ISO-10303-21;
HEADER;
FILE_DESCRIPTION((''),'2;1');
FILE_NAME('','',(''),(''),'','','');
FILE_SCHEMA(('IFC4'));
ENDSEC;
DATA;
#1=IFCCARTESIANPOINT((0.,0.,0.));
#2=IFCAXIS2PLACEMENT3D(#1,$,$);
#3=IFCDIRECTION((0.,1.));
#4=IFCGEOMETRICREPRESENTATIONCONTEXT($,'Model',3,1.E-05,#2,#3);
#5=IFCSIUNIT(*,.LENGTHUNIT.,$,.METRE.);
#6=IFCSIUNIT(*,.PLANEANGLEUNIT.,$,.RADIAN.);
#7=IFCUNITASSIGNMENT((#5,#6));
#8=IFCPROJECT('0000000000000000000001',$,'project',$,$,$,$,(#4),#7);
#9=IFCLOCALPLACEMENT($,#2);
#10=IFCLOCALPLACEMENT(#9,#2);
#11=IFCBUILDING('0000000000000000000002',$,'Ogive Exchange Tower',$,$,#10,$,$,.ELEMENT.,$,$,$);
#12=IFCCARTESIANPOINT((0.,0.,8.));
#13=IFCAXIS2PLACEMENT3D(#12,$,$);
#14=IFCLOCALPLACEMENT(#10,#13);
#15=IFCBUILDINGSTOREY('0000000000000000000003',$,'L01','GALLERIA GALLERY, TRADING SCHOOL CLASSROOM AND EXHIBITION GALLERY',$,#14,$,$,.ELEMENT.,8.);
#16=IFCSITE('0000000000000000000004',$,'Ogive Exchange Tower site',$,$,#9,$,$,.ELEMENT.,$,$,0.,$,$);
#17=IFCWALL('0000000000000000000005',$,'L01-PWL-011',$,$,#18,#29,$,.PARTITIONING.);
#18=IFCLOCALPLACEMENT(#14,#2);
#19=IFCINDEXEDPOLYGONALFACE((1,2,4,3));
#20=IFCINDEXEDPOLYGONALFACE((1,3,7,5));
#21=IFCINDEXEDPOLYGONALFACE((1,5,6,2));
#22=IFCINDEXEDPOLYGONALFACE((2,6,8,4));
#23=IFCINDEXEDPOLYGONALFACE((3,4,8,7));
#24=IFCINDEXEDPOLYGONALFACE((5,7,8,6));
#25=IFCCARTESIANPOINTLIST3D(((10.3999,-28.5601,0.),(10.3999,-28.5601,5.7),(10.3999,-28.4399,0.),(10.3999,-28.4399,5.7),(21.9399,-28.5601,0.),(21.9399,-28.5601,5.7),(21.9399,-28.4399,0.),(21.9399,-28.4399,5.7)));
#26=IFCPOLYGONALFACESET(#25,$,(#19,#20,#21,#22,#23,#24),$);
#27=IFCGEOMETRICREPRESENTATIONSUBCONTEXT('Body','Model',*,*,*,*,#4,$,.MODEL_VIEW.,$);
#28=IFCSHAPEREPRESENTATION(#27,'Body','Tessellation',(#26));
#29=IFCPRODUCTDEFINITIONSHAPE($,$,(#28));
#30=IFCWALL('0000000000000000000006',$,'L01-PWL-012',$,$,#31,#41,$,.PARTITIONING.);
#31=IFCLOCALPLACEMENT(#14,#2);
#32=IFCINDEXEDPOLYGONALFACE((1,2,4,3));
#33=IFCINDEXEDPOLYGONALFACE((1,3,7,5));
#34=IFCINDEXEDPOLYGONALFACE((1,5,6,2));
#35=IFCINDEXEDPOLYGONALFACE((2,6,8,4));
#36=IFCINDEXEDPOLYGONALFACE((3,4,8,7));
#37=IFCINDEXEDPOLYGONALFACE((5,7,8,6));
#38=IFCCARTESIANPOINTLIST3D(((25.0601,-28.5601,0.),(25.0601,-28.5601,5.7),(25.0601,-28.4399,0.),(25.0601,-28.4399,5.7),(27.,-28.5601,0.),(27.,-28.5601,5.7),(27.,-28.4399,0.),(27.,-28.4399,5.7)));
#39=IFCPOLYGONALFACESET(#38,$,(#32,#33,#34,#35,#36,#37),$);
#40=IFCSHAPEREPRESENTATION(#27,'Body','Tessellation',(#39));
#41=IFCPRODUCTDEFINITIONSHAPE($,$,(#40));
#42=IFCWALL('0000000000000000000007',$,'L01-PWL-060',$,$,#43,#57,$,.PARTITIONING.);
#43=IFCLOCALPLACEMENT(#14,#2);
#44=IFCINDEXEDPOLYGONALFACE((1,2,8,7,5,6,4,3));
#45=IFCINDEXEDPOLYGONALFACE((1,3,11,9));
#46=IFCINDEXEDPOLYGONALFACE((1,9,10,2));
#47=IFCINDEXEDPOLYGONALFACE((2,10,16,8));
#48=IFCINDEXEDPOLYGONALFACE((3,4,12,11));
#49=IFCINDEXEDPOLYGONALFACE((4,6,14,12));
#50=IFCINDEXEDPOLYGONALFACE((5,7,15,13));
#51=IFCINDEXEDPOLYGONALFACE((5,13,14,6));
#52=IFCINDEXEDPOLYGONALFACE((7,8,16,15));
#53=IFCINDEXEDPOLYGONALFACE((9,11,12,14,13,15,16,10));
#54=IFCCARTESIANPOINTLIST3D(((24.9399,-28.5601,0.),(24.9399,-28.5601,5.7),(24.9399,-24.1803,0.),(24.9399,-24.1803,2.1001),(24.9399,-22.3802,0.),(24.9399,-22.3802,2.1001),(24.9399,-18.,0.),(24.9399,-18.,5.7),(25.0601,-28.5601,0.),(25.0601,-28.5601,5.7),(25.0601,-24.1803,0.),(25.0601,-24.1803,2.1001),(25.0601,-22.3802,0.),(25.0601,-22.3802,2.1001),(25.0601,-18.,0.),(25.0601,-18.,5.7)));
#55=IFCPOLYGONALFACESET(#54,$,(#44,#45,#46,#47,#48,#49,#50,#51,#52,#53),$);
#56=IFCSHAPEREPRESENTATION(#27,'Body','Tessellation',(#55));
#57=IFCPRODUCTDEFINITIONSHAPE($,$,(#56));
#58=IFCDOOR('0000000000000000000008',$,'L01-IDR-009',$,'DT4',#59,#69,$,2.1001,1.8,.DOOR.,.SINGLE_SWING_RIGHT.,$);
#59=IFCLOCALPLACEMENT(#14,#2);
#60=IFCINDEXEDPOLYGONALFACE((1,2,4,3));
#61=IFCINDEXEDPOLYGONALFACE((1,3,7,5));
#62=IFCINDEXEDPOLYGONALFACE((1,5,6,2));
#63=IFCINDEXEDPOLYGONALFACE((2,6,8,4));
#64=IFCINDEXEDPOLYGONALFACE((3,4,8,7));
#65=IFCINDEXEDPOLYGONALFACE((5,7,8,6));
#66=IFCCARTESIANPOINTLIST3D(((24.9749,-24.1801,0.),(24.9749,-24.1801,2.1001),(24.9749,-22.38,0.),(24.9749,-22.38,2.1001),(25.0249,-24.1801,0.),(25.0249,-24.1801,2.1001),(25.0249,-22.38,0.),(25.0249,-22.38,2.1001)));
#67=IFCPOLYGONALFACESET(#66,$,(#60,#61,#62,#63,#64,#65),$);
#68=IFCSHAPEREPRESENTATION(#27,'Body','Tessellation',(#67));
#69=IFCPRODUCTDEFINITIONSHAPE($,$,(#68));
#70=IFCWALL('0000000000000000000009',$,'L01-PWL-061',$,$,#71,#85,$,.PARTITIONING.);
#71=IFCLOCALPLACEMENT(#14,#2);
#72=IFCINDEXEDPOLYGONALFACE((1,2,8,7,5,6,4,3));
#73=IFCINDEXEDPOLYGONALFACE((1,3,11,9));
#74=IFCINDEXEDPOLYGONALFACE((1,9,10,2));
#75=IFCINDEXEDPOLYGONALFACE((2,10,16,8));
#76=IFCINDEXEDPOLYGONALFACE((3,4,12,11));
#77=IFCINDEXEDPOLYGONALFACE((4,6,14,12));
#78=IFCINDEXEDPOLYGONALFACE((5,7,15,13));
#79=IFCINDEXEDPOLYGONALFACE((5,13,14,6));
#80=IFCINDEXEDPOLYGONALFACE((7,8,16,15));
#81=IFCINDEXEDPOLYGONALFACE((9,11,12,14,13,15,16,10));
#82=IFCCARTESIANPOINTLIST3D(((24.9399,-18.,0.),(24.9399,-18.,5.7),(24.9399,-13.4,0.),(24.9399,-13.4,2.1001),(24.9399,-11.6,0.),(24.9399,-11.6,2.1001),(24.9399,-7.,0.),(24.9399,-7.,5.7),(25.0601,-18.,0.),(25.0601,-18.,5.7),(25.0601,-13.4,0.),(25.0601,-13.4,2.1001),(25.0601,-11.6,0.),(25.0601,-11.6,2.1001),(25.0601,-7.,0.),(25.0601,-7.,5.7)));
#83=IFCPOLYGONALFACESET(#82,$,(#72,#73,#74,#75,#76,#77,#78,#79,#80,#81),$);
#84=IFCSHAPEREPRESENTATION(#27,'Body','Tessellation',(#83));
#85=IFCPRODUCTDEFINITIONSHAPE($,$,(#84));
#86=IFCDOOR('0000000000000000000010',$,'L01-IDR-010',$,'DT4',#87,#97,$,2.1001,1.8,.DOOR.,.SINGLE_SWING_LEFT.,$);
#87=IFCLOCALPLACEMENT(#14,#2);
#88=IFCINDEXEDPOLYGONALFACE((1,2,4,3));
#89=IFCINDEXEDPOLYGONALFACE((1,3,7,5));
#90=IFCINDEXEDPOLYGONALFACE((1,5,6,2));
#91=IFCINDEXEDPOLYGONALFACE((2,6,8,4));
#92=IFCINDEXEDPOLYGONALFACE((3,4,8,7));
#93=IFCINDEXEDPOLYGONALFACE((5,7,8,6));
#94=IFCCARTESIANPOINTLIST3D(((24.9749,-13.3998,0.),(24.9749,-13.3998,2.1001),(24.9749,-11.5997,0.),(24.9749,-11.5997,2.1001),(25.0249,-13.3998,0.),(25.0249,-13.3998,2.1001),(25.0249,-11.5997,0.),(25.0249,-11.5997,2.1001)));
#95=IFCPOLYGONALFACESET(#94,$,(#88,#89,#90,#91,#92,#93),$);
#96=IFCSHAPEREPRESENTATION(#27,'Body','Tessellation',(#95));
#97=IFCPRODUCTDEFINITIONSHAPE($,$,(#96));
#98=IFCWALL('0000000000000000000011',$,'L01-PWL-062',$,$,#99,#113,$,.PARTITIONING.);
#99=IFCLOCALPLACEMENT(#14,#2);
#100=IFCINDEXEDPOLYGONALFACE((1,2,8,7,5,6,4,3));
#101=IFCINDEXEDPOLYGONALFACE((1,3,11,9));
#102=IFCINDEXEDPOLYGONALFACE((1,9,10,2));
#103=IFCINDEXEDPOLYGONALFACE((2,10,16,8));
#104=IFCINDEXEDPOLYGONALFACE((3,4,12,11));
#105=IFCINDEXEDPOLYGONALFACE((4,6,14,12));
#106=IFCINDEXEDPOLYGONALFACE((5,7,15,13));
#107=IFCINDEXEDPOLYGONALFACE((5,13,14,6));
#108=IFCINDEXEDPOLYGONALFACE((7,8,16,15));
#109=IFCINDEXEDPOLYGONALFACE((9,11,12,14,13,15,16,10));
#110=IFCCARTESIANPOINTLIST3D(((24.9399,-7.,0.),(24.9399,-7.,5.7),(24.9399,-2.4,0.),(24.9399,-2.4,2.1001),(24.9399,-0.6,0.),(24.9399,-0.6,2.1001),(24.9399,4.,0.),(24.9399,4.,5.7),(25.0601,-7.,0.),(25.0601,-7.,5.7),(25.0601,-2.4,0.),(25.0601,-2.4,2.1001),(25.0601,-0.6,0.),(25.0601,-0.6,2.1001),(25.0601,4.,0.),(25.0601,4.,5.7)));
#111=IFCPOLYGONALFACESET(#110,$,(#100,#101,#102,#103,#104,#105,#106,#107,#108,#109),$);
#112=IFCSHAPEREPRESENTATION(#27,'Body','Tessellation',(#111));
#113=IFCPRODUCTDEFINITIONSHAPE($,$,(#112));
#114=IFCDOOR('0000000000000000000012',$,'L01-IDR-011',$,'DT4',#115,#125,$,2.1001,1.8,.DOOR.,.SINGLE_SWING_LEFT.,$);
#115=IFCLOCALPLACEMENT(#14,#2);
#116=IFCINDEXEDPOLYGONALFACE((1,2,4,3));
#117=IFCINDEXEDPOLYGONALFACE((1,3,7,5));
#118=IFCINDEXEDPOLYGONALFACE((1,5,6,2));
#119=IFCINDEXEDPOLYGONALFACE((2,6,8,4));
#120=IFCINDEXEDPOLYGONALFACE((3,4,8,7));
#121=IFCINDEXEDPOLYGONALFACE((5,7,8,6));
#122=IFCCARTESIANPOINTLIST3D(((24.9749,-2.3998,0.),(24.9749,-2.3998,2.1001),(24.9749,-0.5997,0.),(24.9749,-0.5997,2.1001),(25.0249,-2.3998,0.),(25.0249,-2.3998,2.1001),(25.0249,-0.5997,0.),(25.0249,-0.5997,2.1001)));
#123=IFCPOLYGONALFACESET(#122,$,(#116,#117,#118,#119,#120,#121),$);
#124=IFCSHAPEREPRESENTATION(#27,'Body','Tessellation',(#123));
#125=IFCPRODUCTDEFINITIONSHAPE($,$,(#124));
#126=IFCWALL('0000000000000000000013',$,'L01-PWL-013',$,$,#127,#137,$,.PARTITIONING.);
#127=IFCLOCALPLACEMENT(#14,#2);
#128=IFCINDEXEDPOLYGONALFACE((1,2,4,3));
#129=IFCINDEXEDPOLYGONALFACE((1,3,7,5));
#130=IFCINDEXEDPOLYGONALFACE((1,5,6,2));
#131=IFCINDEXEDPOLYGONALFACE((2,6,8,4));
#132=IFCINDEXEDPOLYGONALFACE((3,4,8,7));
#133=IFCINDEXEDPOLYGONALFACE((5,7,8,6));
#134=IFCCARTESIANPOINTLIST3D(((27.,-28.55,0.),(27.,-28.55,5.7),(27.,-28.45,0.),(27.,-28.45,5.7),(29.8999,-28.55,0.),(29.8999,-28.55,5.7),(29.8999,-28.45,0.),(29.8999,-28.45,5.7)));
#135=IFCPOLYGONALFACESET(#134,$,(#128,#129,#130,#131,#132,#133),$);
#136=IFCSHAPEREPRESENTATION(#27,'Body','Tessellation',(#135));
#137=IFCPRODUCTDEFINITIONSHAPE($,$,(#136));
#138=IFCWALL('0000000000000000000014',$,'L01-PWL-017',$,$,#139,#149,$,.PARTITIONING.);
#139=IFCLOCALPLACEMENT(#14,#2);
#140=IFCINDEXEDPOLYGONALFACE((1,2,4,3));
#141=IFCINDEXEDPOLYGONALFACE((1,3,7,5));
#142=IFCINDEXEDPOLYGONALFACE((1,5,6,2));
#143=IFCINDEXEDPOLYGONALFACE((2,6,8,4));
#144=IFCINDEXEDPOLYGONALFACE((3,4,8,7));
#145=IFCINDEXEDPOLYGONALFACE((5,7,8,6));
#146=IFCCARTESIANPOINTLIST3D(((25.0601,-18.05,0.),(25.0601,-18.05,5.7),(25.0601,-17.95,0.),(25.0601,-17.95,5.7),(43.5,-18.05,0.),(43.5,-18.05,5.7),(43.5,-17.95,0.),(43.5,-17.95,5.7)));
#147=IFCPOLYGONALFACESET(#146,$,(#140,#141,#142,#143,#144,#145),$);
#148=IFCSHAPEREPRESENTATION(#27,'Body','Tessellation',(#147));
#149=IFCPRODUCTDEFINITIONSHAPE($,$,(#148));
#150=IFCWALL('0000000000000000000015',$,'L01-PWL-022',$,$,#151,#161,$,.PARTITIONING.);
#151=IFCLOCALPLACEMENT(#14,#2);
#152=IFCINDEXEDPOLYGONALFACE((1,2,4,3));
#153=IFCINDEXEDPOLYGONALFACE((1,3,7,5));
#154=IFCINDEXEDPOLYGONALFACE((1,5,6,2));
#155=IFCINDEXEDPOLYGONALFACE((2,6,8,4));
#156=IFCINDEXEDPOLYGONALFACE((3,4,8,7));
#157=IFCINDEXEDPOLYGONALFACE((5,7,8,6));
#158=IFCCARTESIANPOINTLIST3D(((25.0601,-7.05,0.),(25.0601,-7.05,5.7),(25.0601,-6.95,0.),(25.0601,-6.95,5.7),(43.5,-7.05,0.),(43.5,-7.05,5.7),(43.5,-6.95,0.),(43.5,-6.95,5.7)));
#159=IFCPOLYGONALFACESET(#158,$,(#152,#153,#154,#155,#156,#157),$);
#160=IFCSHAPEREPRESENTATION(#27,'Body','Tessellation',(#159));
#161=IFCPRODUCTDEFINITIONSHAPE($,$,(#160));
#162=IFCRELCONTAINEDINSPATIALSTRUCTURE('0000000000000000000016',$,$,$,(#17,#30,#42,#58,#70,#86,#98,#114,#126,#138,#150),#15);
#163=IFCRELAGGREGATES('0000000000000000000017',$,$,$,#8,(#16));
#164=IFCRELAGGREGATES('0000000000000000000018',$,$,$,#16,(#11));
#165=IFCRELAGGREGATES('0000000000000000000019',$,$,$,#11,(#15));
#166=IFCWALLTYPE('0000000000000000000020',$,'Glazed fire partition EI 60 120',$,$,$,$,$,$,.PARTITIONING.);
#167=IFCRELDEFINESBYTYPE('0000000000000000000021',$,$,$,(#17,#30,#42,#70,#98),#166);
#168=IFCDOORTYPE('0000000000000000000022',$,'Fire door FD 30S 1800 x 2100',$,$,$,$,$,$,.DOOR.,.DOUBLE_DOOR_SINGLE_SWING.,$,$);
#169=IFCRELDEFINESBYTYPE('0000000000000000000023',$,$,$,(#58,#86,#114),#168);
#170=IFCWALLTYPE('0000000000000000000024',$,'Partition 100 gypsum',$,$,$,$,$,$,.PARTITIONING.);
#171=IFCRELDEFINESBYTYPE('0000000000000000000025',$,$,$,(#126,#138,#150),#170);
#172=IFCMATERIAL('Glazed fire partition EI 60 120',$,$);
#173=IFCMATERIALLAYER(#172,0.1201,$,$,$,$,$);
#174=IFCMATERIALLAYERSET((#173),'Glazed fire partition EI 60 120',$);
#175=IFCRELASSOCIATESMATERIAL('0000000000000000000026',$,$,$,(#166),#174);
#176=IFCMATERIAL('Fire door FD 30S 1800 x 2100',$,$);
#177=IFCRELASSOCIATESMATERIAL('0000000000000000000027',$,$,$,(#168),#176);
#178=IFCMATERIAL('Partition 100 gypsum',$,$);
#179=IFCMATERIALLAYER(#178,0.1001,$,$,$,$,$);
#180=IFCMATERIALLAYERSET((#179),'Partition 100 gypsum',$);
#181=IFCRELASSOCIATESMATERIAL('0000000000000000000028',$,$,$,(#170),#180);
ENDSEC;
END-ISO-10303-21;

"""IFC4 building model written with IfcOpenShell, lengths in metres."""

from ifc_helpers import new_model, si_unit, direction, frame, frame_2d, origin, place, context, subcontext, project, spatial, rectangle, extrude, material, layer, layer_set, type_object, element, fill, save


model = new_model("IFC4")

# Units and contexts
model_context = context("Model", 3, precision=1e-05, world=origin(), true_north=direction((0.0, 1.0)))
body_context = subcontext(model_context, "Body", "Model", "MODEL_VIEW")
ifc_project = project(units=[si_unit("LENGTHUNIT", "METRE"), si_unit("PLANEANGLEUNIT", "RADIAN")], contexts=[model_context])

# Site, building, storey
site_placement = place(None, origin())
site = spatial("IfcSite", under=ifc_project, at=site_placement, Name="Ogive Exchange Tower site", CompositionType="ELEMENT", RefElevation=0.0)
building_placement = place(site_placement, origin())
building = spatial("IfcBuilding", under=site, at=building_placement, Name="Ogive Exchange Tower", CompositionType="ELEMENT")
storey_placement = place(building_placement, frame((0.0, 0.0, 8.0)))
storey = spatial("IfcBuildingStorey", under=building, at=storey_placement, Name="L01", Description="GALLERIA GALLERY, TRADING SCHOOL CLASSROOM AND EXHIBITION GALLERY", CompositionType="ELEMENT", Elevation=8.0)

# Walls
ifc_material_1 = material(Name="Glazed fire partition EI 60 120")
ifc_layer_1 = layer(ifc_material_1, 0.1201)
ifc_layer_set_1 = layer_set([ifc_layer_1], Name="Glazed fire partition EI 60 120")
wall_type_1 = type_object("IfcWallType", Name="Glazed fire partition EI 60 120", PredefinedType="PARTITIONING", material=ifc_layer_set_1)
wall_1_placement = place(storey_placement, frame((10.3999, -28.5, 0.0), z_axis=(0.0, 0.0, 1.0), x_axis=(1.0, 0.0, 0.0)))
element("IfcWall", 1, at=wall_1_placement, inside=storey, type_object=wall_type_1, Name="L01-PWL-011", PredefinedType="PARTITIONING", context=body_context, shape_type="SweptSolid", body=[
    extrude(rectangle(XDim=11.54, YDim=0.1201, at=frame_2d((5.77, 0.0))), origin(), (0.0, 0.0, 1.0), 5.7),
])
wall_2_placement = place(storey_placement, frame((25.0601, -28.5, 0.0), z_axis=(0.0, 0.0, 1.0), x_axis=(1.0, 0.0, 0.0)))
element("IfcWall", 2, at=wall_2_placement, inside=storey, type_object=wall_type_1, Name="L01-PWL-012", PredefinedType="PARTITIONING", context=body_context, shape_type="SweptSolid", body=[
    extrude(rectangle(XDim=1.9399, YDim=0.1201, at=frame_2d((0.97, 0.0))), origin(), (0.0, 0.0, 1.0), 5.7),
])

# Walls, openings, doors
wall_3_placement = place(storey_placement, frame((25.0, -28.5601, 0.0), z_axis=(0.0, 0.0, 1.0), x_axis=(0.0, 1.0, 0.0)))
wall_3 = element("IfcWall", 3, at=wall_3_placement, inside=storey, type_object=wall_type_1, Name="L01-PWL-060", PredefinedType="PARTITIONING", context=body_context, shape_type="SweptSolid", body=[
    extrude(rectangle(XDim=10.5601, YDim=0.1201, at=frame_2d((5.28, 0.0))), origin(), (0.0, 0.0, 1.0), 5.7),
])
opening_1_placement = place(wall_3_placement, frame((4.3799, 0.0, 0.0)))
opening_1 = element("IfcOpeningElement", 4, at=opening_1_placement, cuts=wall_3, PredefinedType="OPENING", context=body_context, shape_type="SweptSolid", body=[
    extrude(rectangle(XDim=1.8, YDim=2.1001, at=frame_2d((0.8999, 1.05))), frame((0.0, 0.0701, 0.0), z_axis=(0.0, -1.0, 0.0), x_axis=(1.0, 0.0, 0.0)), (0.0, 0.0, 1.0), 0.1401),
])
ifc_material_2 = material(Name="Fire door FD 30S 1800 x 2100")
door_type_1 = type_object("IfcDoorType", Name="Fire door FD 30S 1800 x 2100", OperationType="DOUBLE_DOOR_SINGLE_SWING", PredefinedType="DOOR", material=ifc_material_2)
door_1_placement = place(opening_1_placement, frame((1.8, 0.0, 0.0), z_axis=(0.0, 0.0, 1.0), x_axis=(-1.0, 0.0, 0.0)))
door_1 = element("IfcDoor", 5, at=door_1_placement, inside=storey, type_object=door_type_1, Name="L01-IDR-009", ObjectType="DT4", OperationType="SINGLE_SWING_RIGHT", OverallHeight=2.1001, OverallWidth=1.8, PredefinedType="DOOR", context=body_context, shape_type="SweptSolid", body=[
    extrude(rectangle(XDim=1.8, YDim=2.1001, at=frame_2d((0.8999, 1.05))), frame((0.0, 0.0249, 0.0), z_axis=(0.0, -1.0, 0.0), x_axis=(1.0, 0.0, 0.0)), (0.0, 0.0, 1.0), 0.05),
])
fill(opening_1, door_1)
wall_4_placement = place(storey_placement, frame((25.0, -18.0, 0.0), z_axis=(0.0, 0.0, 1.0), x_axis=(0.0, 1.0, 0.0)))
wall_4 = element("IfcWall", 6, at=wall_4_placement, inside=storey, type_object=wall_type_1, Name="L01-PWL-061", PredefinedType="PARTITIONING", context=body_context, shape_type="SweptSolid", body=[
    extrude(rectangle(XDim=11.0, YDim=0.1201, at=frame_2d((5.5, 0.0))), origin(), (0.0, 0.0, 1.0), 5.7),
])
opening_2_placement = place(wall_4_placement, frame((4.6001, 0.0, 0.0)))
opening_2 = element("IfcOpeningElement", 7, at=opening_2_placement, cuts=wall_4, PredefinedType="OPENING", context=body_context, shape_type="SweptSolid", body=[
    extrude(rectangle(XDim=1.8, YDim=2.1001, at=frame_2d((0.8999, 1.05))), frame((0.0, 0.0701, 0.0), z_axis=(0.0, -1.0, 0.0), x_axis=(1.0, 0.0, 0.0)), (0.0, 0.0, 1.0), 0.1401),
])
door_2_placement = place(opening_2_placement, frame((1.8, 0.0, 0.0), z_axis=(0.0, 0.0, 1.0), x_axis=(-1.0, 0.0, 0.0)))
door_2 = element("IfcDoor", 8, at=door_2_placement, inside=storey, type_object=door_type_1, Name="L01-IDR-010", ObjectType="DT4", OperationType="SINGLE_SWING_LEFT", OverallHeight=2.1001, OverallWidth=1.8, PredefinedType="DOOR", context=body_context, shape_type="SweptSolid", body=[
    extrude(rectangle(XDim=1.8, YDim=2.1001, at=frame_2d((0.8999, 1.05))), frame((0.0, 0.0249, 0.0), z_axis=(0.0, -1.0, 0.0), x_axis=(1.0, 0.0, 0.0)), (0.0, 0.0, 1.0), 0.05),
])
fill(opening_2, door_2)
wall_5_placement = place(storey_placement, frame((25.0, -7.0, 0.0), z_axis=(0.0, 0.0, 1.0), x_axis=(0.0, 1.0, 0.0)))
wall_5 = element("IfcWall", 9, at=wall_5_placement, inside=storey, type_object=wall_type_1, Name="L01-PWL-062", PredefinedType="PARTITIONING", context=body_context, shape_type="SweptSolid", body=[
    extrude(rectangle(XDim=11.0, YDim=0.1201, at=frame_2d((5.5, 0.0))), origin(), (0.0, 0.0, 1.0), 5.7),
])
opening_3_placement = place(wall_5_placement, frame((4.6001, 0.0, 0.0)))
opening_3 = element("IfcOpeningElement", 10, at=opening_3_placement, cuts=wall_5, PredefinedType="OPENING", context=body_context, shape_type="SweptSolid", body=[
    extrude(rectangle(XDim=1.8, YDim=2.1001, at=frame_2d((0.8999, 1.05))), frame((0.0, 0.0701, 0.0), z_axis=(0.0, -1.0, 0.0), x_axis=(1.0, 0.0, 0.0)), (0.0, 0.0, 1.0), 0.1401),
])
door_3_placement = place(opening_3_placement, frame((1.8, 0.0, 0.0), z_axis=(0.0, 0.0, 1.0), x_axis=(-1.0, 0.0, 0.0)))
door_3 = element("IfcDoor", 11, at=door_3_placement, inside=storey, type_object=door_type_1, Name="L01-IDR-011", ObjectType="DT4", OperationType="SINGLE_SWING_LEFT", OverallHeight=2.1001, OverallWidth=1.8, PredefinedType="DOOR", context=body_context, shape_type="SweptSolid", body=[
    extrude(rectangle(XDim=1.8, YDim=2.1001, at=frame_2d((0.8999, 1.05))), frame((0.0, 0.0249, 0.0), z_axis=(0.0, -1.0, 0.0), x_axis=(1.0, 0.0, 0.0)), (0.0, 0.0, 1.0), 0.05),
])
fill(opening_3, door_3)

# Walls
ifc_material_3 = material(Name="Partition 100 gypsum")
ifc_layer_2 = layer(ifc_material_3, 0.1001)
ifc_layer_set_2 = layer_set([ifc_layer_2], Name="Partition 100 gypsum")
wall_type_2 = type_object("IfcWallType", Name="Partition 100 gypsum", PredefinedType="PARTITIONING", material=ifc_layer_set_2)
wall_6_placement = place(storey_placement, frame((27.0, -28.5, 0.0), z_axis=(0.0, 0.0, 1.0), x_axis=(1.0, 0.0, 0.0)))
element("IfcWall", 12, at=wall_6_placement, inside=storey, type_object=wall_type_2, Name="L01-PWL-013", PredefinedType="PARTITIONING", context=body_context, shape_type="SweptSolid", body=[
    extrude(rectangle(XDim=2.8999, YDim=0.1001, at=frame_2d((1.45, 0.0))), origin(), (0.0, 0.0, 1.0), 5.7),
])
for number, where, z_axis, x_axis, name in (
    (13, (25.0601, -18.0, 0.0), (0.0, 0.0, 1.0), (1.0, 0.0, 0.0), "L01-PWL-017"),
    (14, (25.0601, -7.0, 0.0), (0.0, 0.0, 1.0), (1.0, 0.0, 0.0), "L01-PWL-022"),
):
    element("IfcWall", number, at=place(storey_placement, frame(where, z_axis=z_axis, x_axis=x_axis)), inside=storey, type_object=wall_type_2, Name=name, PredefinedType="PARTITIONING", context=body_context, shape_type="SweptSolid", body=[
        extrude(rectangle(XDim=18.4399, YDim=0.1001, at=frame_2d((9.22, 0.0))), origin(), (0.0, 0.0, 1.0), 5.7),
    ])

save(model, "model.ifc")
